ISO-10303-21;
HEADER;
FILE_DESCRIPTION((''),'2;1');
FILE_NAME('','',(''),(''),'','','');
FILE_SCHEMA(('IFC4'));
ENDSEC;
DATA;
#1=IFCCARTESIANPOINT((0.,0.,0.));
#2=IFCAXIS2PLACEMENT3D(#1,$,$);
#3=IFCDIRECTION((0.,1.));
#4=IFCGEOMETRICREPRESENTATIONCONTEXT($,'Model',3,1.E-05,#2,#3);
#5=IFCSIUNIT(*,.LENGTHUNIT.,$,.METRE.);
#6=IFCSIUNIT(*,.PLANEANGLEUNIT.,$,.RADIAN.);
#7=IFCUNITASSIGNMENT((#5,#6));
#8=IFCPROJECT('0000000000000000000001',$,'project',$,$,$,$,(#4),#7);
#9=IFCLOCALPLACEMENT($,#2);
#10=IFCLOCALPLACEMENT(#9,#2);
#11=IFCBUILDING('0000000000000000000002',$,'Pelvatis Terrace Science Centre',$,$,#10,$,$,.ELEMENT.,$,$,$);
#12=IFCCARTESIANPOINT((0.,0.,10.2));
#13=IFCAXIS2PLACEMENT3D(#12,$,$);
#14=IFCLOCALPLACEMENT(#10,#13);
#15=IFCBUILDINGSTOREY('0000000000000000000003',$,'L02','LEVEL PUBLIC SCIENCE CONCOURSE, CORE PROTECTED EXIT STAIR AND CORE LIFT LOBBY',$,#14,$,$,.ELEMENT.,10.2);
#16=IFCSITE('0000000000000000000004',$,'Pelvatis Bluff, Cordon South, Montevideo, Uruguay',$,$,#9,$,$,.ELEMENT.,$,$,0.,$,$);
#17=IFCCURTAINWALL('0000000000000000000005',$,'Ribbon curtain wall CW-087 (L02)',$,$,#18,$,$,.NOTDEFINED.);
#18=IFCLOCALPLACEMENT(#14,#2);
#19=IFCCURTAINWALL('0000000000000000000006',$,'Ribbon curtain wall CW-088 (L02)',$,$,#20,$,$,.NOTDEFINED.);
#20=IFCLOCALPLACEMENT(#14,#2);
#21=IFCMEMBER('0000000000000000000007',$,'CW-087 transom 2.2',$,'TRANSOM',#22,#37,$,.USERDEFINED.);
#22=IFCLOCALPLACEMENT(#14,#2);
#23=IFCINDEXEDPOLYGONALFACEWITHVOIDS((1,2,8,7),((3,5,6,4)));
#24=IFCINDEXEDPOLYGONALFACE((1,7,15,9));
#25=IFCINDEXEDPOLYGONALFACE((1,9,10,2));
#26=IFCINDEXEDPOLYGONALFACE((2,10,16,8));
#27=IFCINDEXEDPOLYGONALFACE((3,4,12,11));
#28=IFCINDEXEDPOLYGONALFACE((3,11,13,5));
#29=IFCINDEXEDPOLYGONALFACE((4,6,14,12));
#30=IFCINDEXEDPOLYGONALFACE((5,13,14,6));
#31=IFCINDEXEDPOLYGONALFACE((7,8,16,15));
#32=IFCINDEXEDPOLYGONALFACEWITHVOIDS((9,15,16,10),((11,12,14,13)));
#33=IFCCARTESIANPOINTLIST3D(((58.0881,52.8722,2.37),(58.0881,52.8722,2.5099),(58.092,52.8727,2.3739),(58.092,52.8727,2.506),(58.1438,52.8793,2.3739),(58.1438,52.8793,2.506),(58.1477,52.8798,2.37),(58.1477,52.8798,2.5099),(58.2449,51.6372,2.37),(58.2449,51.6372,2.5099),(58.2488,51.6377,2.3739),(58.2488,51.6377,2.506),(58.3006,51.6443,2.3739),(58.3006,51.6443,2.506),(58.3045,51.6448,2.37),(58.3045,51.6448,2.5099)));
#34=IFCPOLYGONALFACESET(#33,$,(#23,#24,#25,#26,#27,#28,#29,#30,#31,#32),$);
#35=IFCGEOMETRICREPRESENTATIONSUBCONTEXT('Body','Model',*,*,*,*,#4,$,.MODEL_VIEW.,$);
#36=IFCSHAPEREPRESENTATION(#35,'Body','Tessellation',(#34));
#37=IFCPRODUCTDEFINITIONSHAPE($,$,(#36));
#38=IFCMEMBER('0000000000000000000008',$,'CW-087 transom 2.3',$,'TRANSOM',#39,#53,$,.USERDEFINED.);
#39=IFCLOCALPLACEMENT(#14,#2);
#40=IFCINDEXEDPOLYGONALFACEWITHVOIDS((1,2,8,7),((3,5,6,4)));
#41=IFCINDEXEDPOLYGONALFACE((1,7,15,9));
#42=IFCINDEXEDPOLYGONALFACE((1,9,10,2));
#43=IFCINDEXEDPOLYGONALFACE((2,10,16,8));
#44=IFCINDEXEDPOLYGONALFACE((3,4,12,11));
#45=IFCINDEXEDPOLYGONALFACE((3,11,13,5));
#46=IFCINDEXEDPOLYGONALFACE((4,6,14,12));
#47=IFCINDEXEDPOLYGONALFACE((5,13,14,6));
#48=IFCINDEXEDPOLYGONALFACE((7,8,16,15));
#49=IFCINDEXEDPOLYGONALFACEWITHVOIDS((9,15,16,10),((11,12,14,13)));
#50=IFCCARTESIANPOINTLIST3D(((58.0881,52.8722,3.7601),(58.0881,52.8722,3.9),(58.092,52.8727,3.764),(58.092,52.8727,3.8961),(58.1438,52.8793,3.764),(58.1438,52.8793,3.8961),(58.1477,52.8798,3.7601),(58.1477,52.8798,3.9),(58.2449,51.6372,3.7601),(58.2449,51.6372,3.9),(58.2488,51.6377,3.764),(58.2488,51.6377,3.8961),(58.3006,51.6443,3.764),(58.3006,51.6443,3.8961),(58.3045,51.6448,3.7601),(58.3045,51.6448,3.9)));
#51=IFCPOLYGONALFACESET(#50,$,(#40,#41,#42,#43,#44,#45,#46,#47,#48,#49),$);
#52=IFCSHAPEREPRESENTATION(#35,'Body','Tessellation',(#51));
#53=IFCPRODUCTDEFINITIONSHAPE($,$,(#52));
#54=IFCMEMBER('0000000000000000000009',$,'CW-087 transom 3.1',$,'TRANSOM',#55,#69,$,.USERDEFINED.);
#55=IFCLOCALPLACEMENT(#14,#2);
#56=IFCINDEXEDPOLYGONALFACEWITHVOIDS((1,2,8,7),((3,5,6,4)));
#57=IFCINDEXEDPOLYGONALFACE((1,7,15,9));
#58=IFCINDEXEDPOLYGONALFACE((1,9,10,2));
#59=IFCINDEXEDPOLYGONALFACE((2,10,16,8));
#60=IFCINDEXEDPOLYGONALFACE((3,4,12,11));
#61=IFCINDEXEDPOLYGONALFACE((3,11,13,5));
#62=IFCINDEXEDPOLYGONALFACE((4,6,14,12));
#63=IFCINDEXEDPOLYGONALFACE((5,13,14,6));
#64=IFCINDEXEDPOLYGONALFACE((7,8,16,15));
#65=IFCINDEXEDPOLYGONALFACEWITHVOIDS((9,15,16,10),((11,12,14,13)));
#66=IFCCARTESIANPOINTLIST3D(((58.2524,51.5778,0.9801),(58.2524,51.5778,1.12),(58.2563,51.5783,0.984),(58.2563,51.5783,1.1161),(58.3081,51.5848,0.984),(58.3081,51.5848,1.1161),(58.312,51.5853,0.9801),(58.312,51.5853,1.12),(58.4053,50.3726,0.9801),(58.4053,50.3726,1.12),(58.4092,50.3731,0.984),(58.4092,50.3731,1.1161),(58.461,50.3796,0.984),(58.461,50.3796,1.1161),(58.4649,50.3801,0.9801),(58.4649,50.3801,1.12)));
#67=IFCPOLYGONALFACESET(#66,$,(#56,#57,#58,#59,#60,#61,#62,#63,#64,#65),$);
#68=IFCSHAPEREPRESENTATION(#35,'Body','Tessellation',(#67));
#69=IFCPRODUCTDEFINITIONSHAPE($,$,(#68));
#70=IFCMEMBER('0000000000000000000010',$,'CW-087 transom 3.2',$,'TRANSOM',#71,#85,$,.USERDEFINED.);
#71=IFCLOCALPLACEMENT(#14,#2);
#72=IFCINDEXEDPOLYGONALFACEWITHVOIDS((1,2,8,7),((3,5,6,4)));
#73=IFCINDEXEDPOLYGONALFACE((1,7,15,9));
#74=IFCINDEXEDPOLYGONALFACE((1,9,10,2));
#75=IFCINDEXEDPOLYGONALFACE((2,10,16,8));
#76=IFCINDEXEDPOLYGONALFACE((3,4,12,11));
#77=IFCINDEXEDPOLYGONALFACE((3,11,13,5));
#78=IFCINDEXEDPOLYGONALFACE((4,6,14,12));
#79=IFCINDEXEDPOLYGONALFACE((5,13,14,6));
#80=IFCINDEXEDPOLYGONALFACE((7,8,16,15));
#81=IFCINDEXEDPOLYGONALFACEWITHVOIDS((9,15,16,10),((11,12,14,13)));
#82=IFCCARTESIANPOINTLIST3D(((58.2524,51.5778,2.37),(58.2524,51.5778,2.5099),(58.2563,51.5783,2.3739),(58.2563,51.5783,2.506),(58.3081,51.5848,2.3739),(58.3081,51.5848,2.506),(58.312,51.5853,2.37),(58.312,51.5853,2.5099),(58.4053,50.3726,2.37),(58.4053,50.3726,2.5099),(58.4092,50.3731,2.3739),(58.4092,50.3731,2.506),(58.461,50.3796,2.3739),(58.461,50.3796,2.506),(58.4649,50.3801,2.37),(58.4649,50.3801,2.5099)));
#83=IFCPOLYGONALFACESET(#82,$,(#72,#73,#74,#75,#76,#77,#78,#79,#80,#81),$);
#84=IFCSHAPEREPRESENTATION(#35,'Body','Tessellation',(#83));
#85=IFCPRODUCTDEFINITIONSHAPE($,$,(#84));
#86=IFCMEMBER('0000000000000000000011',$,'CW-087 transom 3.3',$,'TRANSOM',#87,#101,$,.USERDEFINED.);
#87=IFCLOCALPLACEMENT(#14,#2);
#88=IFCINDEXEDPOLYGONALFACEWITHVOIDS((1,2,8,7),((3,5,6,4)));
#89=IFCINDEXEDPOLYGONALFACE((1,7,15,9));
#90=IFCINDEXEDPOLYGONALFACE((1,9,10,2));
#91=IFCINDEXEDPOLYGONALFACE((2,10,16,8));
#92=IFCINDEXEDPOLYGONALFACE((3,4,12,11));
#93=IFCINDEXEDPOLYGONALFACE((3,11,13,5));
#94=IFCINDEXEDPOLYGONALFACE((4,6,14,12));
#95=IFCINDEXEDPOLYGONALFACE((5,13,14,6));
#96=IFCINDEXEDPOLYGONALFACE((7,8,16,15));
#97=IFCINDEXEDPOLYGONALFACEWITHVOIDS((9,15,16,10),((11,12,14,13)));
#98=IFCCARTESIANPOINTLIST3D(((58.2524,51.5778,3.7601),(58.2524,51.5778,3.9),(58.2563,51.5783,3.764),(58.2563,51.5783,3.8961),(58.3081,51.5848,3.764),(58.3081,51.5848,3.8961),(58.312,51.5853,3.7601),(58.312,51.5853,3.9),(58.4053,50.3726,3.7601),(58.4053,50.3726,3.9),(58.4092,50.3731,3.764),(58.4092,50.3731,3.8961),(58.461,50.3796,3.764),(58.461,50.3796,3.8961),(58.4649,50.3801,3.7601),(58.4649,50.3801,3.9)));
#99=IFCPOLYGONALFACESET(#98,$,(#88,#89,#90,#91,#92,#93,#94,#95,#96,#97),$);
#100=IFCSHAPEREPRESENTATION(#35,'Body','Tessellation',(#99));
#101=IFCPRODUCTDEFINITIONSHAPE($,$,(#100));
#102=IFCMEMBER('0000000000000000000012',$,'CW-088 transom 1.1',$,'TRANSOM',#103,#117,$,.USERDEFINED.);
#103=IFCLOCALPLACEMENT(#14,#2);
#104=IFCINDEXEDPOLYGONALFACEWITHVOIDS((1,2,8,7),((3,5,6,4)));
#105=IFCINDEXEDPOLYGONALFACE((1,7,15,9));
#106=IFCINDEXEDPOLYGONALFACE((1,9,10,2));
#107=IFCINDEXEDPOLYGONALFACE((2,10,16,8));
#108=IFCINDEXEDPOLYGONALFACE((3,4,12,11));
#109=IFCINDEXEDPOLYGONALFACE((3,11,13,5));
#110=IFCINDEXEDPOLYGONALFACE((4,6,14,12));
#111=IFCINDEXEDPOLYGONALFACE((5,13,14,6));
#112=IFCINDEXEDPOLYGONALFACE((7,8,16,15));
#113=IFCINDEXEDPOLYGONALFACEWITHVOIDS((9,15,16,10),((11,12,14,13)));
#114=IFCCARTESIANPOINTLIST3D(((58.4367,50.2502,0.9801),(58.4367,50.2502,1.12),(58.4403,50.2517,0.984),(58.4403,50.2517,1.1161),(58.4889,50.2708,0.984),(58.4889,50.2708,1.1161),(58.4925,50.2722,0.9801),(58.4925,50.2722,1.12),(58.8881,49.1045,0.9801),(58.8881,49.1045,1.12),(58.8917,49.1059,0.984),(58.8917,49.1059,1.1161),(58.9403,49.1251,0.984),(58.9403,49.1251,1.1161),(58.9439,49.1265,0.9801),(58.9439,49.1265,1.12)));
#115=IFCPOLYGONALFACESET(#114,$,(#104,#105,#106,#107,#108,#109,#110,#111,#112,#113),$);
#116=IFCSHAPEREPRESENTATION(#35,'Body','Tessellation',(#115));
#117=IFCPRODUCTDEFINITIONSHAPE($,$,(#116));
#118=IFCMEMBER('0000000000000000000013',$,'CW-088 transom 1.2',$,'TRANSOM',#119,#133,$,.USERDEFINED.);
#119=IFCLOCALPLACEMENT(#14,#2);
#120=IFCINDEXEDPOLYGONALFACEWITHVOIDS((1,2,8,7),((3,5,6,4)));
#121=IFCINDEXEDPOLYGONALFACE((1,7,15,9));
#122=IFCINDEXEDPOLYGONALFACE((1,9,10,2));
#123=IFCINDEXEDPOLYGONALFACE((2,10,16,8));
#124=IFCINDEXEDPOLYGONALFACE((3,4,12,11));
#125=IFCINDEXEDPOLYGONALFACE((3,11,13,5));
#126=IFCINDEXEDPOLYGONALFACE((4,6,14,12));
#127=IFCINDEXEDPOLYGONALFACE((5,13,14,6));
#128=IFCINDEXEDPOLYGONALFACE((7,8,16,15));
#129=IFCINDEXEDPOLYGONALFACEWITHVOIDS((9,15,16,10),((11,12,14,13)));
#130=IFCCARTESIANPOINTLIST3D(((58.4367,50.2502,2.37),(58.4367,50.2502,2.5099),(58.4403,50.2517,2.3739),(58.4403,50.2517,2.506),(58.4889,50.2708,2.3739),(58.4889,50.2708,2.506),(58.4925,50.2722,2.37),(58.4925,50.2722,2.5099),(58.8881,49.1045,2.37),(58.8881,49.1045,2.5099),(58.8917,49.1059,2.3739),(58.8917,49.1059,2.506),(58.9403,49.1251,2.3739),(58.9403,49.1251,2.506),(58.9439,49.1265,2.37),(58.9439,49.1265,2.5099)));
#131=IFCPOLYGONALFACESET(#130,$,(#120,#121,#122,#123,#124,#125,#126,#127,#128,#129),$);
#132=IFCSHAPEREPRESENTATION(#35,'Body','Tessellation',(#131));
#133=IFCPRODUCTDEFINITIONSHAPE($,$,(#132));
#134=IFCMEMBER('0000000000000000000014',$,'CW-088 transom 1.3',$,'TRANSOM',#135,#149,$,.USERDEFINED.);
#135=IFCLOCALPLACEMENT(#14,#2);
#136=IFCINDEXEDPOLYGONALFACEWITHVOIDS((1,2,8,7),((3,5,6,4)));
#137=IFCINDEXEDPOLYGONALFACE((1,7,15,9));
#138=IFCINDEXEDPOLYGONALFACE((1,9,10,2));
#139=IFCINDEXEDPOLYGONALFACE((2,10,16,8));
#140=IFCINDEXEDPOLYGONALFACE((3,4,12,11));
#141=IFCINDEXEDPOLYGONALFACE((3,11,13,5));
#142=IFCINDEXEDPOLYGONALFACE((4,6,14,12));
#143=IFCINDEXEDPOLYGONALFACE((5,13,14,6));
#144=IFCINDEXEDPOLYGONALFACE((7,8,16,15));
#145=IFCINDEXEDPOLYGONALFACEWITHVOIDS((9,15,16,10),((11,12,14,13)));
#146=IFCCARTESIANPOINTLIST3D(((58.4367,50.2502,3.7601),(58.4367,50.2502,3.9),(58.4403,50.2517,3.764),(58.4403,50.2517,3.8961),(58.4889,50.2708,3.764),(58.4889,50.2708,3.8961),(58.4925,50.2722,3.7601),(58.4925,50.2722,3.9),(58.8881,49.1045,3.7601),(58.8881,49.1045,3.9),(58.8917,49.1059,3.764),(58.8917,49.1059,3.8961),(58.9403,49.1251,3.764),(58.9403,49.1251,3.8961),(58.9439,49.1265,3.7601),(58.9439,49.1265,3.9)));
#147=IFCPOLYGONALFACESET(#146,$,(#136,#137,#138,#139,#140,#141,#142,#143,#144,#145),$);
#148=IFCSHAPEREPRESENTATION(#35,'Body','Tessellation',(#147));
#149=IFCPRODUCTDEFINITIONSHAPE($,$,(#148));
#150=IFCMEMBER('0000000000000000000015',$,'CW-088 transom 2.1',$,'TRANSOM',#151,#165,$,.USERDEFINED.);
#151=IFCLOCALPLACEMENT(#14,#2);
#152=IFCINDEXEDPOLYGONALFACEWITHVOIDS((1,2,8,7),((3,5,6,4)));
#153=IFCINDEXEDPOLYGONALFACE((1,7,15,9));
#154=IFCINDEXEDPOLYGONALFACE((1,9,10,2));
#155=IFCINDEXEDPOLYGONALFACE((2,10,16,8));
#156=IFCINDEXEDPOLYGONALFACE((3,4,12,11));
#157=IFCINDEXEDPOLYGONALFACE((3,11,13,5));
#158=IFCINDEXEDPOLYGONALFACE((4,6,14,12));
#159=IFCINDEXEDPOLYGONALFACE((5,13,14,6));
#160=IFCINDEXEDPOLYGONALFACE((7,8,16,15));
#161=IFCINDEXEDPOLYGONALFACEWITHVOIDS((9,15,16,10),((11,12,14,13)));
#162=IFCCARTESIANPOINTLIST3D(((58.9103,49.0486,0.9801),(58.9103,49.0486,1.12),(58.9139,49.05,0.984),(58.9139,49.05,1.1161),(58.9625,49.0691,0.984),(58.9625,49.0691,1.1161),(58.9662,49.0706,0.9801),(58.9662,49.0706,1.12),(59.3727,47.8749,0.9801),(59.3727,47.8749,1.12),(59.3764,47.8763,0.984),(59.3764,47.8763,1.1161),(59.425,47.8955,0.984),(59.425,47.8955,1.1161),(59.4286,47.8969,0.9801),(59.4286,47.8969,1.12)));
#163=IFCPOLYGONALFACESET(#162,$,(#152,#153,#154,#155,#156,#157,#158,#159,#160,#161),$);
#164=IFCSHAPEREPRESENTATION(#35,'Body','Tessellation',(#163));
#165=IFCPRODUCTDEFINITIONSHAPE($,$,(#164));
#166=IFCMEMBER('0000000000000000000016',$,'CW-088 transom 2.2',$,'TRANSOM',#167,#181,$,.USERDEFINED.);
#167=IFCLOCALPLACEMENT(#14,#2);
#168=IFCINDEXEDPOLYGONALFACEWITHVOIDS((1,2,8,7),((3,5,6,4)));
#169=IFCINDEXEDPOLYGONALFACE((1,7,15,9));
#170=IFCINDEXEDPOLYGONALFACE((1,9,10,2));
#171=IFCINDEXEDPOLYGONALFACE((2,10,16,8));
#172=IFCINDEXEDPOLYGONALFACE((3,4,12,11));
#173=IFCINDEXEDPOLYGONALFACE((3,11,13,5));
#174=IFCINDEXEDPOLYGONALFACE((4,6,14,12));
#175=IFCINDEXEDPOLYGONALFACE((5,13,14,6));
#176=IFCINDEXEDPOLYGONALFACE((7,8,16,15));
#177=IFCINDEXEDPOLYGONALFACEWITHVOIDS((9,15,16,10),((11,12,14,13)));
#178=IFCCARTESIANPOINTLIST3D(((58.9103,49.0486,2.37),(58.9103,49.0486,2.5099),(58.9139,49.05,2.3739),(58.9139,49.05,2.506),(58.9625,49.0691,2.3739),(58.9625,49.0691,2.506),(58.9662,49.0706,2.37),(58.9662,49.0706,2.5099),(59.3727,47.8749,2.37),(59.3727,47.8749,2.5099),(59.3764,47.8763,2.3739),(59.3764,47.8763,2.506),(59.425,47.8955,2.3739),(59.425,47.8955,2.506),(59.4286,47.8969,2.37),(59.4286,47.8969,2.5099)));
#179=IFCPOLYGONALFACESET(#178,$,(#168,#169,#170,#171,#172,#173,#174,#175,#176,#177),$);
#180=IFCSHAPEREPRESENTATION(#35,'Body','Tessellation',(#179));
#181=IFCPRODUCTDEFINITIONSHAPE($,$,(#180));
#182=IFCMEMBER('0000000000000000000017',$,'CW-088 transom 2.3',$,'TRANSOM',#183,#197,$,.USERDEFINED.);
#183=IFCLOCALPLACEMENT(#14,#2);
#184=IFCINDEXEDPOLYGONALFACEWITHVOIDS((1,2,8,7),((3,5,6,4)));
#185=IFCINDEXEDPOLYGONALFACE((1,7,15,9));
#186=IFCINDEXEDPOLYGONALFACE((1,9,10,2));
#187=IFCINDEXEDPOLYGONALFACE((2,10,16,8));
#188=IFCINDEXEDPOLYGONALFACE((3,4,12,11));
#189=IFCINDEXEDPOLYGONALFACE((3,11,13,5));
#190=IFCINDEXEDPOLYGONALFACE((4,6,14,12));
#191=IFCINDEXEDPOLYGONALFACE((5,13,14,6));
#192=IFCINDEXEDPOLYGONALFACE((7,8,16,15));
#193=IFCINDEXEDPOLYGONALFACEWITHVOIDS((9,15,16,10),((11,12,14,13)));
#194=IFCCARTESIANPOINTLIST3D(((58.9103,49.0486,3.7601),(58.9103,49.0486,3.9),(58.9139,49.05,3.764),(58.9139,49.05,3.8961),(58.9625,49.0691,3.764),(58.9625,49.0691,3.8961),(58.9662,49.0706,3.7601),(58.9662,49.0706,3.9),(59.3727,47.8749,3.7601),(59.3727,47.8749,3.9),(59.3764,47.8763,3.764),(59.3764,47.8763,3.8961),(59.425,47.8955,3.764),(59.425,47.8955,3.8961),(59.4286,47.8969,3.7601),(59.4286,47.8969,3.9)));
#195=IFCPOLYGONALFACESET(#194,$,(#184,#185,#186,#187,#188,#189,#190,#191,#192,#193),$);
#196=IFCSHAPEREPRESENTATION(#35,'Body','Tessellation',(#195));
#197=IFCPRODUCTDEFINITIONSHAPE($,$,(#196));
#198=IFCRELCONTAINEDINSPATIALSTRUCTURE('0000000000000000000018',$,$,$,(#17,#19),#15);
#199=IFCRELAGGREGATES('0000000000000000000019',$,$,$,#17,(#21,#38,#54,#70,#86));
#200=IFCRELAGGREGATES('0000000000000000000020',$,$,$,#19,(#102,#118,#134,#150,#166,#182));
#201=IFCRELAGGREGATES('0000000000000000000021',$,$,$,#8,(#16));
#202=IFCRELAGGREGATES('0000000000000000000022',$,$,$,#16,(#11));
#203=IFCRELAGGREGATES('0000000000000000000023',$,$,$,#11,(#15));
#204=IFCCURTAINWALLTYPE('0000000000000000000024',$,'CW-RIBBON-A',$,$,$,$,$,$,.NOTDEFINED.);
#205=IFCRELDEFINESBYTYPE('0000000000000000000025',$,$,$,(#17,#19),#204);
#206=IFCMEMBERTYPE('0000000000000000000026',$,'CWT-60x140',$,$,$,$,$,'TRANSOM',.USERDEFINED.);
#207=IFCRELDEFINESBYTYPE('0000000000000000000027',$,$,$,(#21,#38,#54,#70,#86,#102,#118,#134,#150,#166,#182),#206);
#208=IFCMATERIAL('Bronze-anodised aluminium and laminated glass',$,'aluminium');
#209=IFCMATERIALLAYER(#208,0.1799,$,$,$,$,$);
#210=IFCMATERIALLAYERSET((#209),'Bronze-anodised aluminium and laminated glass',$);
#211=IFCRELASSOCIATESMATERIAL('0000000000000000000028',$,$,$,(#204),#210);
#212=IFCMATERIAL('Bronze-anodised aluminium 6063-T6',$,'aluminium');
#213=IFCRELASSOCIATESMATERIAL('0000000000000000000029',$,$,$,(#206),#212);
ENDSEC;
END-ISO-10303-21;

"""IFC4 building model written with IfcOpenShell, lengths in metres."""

from ifc_helpers import new_model, si_unit, direction, frame, origin, origin_2d, place, context, subcontext, project, spatial, hollow_rectangle, extrude, material, layer, layer_set, material_profile, profile_set, type_object, element, aggregate, save


model = new_model("IFC4")

# Units and contexts
model_context = context("Model", 3, precision=1e-05, world=origin(), true_north=direction((0.0, 1.0)))
body_context = subcontext(model_context, "Body", "Model", "MODEL_VIEW")
ifc_project = project(units=[si_unit("LENGTHUNIT", "METRE"), si_unit("PLANEANGLEUNIT", "RADIAN")], contexts=[model_context])

# Site, building, storey
site_placement = place(None, origin())
site = spatial("IfcSite", under=ifc_project, at=site_placement, Name="Pelvatis Bluff, Cordon South, Montevideo, Uruguay", CompositionType="ELEMENT", RefElevation=0.0)
building_placement = place(site_placement, origin())
building = spatial("IfcBuilding", under=site, at=building_placement, Name="Pelvatis Terrace Science Centre", CompositionType="ELEMENT")
storey_placement = place(building_placement, frame((0.0, 0.0, 10.2)))
storey = spatial("IfcBuildingStorey", under=building, at=storey_placement, Name="L02", Description="LEVEL PUBLIC SCIENCE CONCOURSE, CORE PROTECTED EXIT STAIR AND CORE LIFT LOBBY", CompositionType="ELEMENT", Elevation=10.2)

# Curtain walls
ifc_material_1 = material(Name="Bronze-anodised aluminium and laminated glass", Category="aluminium")
ifc_layer_1 = layer(ifc_material_1, 0.1799)
ifc_layer_set_1 = layer_set([ifc_layer_1], Name="Bronze-anodised aluminium and laminated glass")
curtain_wall_type = type_object("IfcCurtainWallType", Name="CW-RIBBON-A", PredefinedType="NOTDEFINED", material=ifc_layer_set_1)
curtain_wall_1_placement = place(storey_placement, origin())
curtain_wall_1 = element("IfcCurtainWall", 1, at=curtain_wall_1_placement, inside=storey, type_object=curtain_wall_type, Name="Ribbon curtain wall CW-087 (L02)", PredefinedType="NOTDEFINED")
curtain_wall_2_placement = place(storey_placement, origin())
curtain_wall_2 = element("IfcCurtainWall", 2, at=curtain_wall_2_placement, inside=storey, type_object=curtain_wall_type, Name="Ribbon curtain wall CW-088 (L02)", PredefinedType="NOTDEFINED")

# Members
ifc_material_2 = material(Name="Bronze-anodised aluminium 6063-T6", Category="aluminium")
ifc_material_profile_1 = material_profile(ifc_material_2, hollow_rectangle(XDim=0.0601, YDim=0.1399, WallThickness=0.0039, at=origin_2d()), Name="ALU-TRN 60x140")
ifc_profile_set_1 = profile_set([ifc_material_profile_1], Name="Bronze-anodised aluminium 6063-T6")
member_type_1 = type_object("IfcMemberType", Name="CWT-60x140", ElementType="TRANSOM", PredefinedType="USERDEFINED", material=ifc_profile_set_1)
member_1_placement = place(storey_placement, frame((58.1179, 52.876, 2.4399), z_axis=(0.125917, -0.992041, 0.0), x_axis=(0.992041, 0.125917, 0.0)))
member_1 = element("IfcMember", 3, at=member_1_placement, type_object=member_type_1, Name="CW-087 transom 2.2", ObjectType="TRANSOM", PredefinedType="USERDEFINED", context=body_context, shape_type="SweptSolid", body=[
    extrude(hollow_rectangle(XDim=0.0601, YDim=0.1399, WallThickness=0.0039, at=origin_2d()), origin(), (0.0, 0.0, 1.0), 1.2449),
])
member_2_placement = place(storey_placement, frame((58.1179, 52.876, 3.8301), z_axis=(0.125917, -0.992041, 0.0), x_axis=(0.992041, 0.125917, 0.0)))
member_2 = element("IfcMember", 4, at=member_2_placement, type_object=member_type_1, Name="CW-087 transom 2.3", ObjectType="TRANSOM", PredefinedType="USERDEFINED", context=body_context, shape_type="SweptSolid", body=[
    extrude(hollow_rectangle(XDim=0.0601, YDim=0.1399, WallThickness=0.0039, at=origin_2d()), origin(), (0.0, 0.0, 1.0), 1.2449),
])
member_3_placement = place(storey_placement, frame((58.2822, 51.5815, 1.05), z_axis=(0.125816, -0.992054, 0.0), x_axis=(0.992054, 0.125816, 0.0)))
member_3 = element("IfcMember", 5, at=member_3_placement, type_object=member_type_1, Name="CW-087 transom 3.1", ObjectType="TRANSOM", PredefinedType="USERDEFINED", context=body_context, shape_type="SweptSolid", body=[
    extrude(hollow_rectangle(XDim=0.0601, YDim=0.1399, WallThickness=0.0039, at=origin_2d()), origin(), (0.0, 0.0, 1.0), 1.2148),
])
member_4_placement = place(storey_placement, frame((58.2822, 51.5815, 2.4399), z_axis=(0.125816, -0.992054, 0.0), x_axis=(0.992054, 0.125816, 0.0)))
member_4 = element("IfcMember", 6, at=member_4_placement, type_object=member_type_1, Name="CW-087 transom 3.2", ObjectType="TRANSOM", PredefinedType="USERDEFINED", context=body_context, shape_type="SweptSolid", body=[
    extrude(hollow_rectangle(XDim=0.0601, YDim=0.1399, WallThickness=0.0039, at=origin_2d()), origin(), (0.0, 0.0, 1.0), 1.2148),
])
member_5_placement = place(storey_placement, frame((58.2822, 51.5815, 3.8301), z_axis=(0.125816, -0.992054, 0.0), x_axis=(0.992054, 0.125816, 0.0)))
member_5 = element("IfcMember", 7, at=member_5_placement, type_object=member_type_1, Name="CW-087 transom 3.3", ObjectType="TRANSOM", PredefinedType="USERDEFINED", context=body_context, shape_type="SweptSolid", body=[
    extrude(hollow_rectangle(XDim=0.0601, YDim=0.1399, WallThickness=0.0039, at=origin_2d()), origin(), (0.0, 0.0, 1.0), 1.2148),
])
member_6_placement = place(storey_placement, frame((58.4646, 50.2612, 1.05), z_axis=(0.366566, -0.930392, 0.0), x_axis=(0.930392, 0.366566, 0.0)))
member_6 = element("IfcMember", 8, at=member_6_placement, type_object=member_type_1, Name="CW-088 transom 1.1", ObjectType="TRANSOM", PredefinedType="USERDEFINED", context=body_context, shape_type="SweptSolid", body=[
    extrude(hollow_rectangle(XDim=0.0601, YDim=0.1399, WallThickness=0.0039, at=origin_2d()), origin(), (0.0, 0.0, 1.0), 1.2314),
])
member_7_placement = place(storey_placement, frame((58.4646, 50.2612, 2.4399), z_axis=(0.366566, -0.930392, 0.0), x_axis=(0.930392, 0.366566, 0.0)))
member_7 = element("IfcMember", 9, at=member_7_placement, type_object=member_type_1, Name="CW-088 transom 1.2", ObjectType="TRANSOM", PredefinedType="USERDEFINED", context=body_context, shape_type="SweptSolid", body=[
    extrude(hollow_rectangle(XDim=0.0601, YDim=0.1399, WallThickness=0.0039, at=origin_2d()), origin(), (0.0, 0.0, 1.0), 1.2314),
])
member_8_placement = place(storey_placement, frame((58.4646, 50.2612, 3.8301), z_axis=(0.366566, -0.930392, 0.0), x_axis=(0.930392, 0.366566, 0.0)))
member_8 = element("IfcMember", 10, at=member_8_placement, type_object=member_type_1, Name="CW-088 transom 1.3", ObjectType="TRANSOM", PredefinedType="USERDEFINED", context=body_context, shape_type="SweptSolid", body=[
    extrude(hollow_rectangle(XDim=0.0601, YDim=0.1399, WallThickness=0.0039, at=origin_2d()), origin(), (0.0, 0.0, 1.0), 1.2314),
])
member_9_placement = place(storey_placement, frame((58.9382, 49.0596, 1.05), z_axis=(0.36658, -0.930386, 0.0), x_axis=(0.930386, 0.36658, 0.0)))
member_9 = element("IfcMember", 11, at=member_9_placement, type_object=member_type_1, Name="CW-088 transom 2.1", ObjectType="TRANSOM", PredefinedType="USERDEFINED", context=body_context, shape_type="SweptSolid", body=[
    extrude(hollow_rectangle(XDim=0.0601, YDim=0.1399, WallThickness=0.0039, at=origin_2d()), origin(), (0.0, 0.0, 1.0), 1.2615),
])
member_10_placement = place(storey_placement, frame((58.9382, 49.0596, 2.4399), z_axis=(0.36658, -0.930386, 0.0), x_axis=(0.930386, 0.36658, 0.0)))
member_10 = element("IfcMember", 12, at=member_10_placement, type_object=member_type_1, Name="CW-088 transom 2.2", ObjectType="TRANSOM", PredefinedType="USERDEFINED", context=body_context, shape_type="SweptSolid", body=[
    extrude(hollow_rectangle(XDim=0.0601, YDim=0.1399, WallThickness=0.0039, at=origin_2d()), origin(), (0.0, 0.0, 1.0), 1.2615),
])
member_11_placement = place(storey_placement, frame((58.9382, 49.0596, 3.8301), z_axis=(0.36658, -0.930386, 0.0), x_axis=(0.930386, 0.36658, 0.0)))
member_11 = element("IfcMember", 13, at=member_11_placement, type_object=member_type_1, Name="CW-088 transom 2.3", ObjectType="TRANSOM", PredefinedType="USERDEFINED", context=body_context, shape_type="SweptSolid", body=[
    extrude(hollow_rectangle(XDim=0.0601, YDim=0.1399, WallThickness=0.0039, at=origin_2d()), origin(), (0.0, 0.0, 1.0), 1.2615),
])

aggregate(curtain_wall_1, [member_1, member_2, member_3, member_4, member_5])
aggregate(curtain_wall_2, [member_6, member_7, member_8, member_9, member_10, member_11])

save(model, "model.ifc")
